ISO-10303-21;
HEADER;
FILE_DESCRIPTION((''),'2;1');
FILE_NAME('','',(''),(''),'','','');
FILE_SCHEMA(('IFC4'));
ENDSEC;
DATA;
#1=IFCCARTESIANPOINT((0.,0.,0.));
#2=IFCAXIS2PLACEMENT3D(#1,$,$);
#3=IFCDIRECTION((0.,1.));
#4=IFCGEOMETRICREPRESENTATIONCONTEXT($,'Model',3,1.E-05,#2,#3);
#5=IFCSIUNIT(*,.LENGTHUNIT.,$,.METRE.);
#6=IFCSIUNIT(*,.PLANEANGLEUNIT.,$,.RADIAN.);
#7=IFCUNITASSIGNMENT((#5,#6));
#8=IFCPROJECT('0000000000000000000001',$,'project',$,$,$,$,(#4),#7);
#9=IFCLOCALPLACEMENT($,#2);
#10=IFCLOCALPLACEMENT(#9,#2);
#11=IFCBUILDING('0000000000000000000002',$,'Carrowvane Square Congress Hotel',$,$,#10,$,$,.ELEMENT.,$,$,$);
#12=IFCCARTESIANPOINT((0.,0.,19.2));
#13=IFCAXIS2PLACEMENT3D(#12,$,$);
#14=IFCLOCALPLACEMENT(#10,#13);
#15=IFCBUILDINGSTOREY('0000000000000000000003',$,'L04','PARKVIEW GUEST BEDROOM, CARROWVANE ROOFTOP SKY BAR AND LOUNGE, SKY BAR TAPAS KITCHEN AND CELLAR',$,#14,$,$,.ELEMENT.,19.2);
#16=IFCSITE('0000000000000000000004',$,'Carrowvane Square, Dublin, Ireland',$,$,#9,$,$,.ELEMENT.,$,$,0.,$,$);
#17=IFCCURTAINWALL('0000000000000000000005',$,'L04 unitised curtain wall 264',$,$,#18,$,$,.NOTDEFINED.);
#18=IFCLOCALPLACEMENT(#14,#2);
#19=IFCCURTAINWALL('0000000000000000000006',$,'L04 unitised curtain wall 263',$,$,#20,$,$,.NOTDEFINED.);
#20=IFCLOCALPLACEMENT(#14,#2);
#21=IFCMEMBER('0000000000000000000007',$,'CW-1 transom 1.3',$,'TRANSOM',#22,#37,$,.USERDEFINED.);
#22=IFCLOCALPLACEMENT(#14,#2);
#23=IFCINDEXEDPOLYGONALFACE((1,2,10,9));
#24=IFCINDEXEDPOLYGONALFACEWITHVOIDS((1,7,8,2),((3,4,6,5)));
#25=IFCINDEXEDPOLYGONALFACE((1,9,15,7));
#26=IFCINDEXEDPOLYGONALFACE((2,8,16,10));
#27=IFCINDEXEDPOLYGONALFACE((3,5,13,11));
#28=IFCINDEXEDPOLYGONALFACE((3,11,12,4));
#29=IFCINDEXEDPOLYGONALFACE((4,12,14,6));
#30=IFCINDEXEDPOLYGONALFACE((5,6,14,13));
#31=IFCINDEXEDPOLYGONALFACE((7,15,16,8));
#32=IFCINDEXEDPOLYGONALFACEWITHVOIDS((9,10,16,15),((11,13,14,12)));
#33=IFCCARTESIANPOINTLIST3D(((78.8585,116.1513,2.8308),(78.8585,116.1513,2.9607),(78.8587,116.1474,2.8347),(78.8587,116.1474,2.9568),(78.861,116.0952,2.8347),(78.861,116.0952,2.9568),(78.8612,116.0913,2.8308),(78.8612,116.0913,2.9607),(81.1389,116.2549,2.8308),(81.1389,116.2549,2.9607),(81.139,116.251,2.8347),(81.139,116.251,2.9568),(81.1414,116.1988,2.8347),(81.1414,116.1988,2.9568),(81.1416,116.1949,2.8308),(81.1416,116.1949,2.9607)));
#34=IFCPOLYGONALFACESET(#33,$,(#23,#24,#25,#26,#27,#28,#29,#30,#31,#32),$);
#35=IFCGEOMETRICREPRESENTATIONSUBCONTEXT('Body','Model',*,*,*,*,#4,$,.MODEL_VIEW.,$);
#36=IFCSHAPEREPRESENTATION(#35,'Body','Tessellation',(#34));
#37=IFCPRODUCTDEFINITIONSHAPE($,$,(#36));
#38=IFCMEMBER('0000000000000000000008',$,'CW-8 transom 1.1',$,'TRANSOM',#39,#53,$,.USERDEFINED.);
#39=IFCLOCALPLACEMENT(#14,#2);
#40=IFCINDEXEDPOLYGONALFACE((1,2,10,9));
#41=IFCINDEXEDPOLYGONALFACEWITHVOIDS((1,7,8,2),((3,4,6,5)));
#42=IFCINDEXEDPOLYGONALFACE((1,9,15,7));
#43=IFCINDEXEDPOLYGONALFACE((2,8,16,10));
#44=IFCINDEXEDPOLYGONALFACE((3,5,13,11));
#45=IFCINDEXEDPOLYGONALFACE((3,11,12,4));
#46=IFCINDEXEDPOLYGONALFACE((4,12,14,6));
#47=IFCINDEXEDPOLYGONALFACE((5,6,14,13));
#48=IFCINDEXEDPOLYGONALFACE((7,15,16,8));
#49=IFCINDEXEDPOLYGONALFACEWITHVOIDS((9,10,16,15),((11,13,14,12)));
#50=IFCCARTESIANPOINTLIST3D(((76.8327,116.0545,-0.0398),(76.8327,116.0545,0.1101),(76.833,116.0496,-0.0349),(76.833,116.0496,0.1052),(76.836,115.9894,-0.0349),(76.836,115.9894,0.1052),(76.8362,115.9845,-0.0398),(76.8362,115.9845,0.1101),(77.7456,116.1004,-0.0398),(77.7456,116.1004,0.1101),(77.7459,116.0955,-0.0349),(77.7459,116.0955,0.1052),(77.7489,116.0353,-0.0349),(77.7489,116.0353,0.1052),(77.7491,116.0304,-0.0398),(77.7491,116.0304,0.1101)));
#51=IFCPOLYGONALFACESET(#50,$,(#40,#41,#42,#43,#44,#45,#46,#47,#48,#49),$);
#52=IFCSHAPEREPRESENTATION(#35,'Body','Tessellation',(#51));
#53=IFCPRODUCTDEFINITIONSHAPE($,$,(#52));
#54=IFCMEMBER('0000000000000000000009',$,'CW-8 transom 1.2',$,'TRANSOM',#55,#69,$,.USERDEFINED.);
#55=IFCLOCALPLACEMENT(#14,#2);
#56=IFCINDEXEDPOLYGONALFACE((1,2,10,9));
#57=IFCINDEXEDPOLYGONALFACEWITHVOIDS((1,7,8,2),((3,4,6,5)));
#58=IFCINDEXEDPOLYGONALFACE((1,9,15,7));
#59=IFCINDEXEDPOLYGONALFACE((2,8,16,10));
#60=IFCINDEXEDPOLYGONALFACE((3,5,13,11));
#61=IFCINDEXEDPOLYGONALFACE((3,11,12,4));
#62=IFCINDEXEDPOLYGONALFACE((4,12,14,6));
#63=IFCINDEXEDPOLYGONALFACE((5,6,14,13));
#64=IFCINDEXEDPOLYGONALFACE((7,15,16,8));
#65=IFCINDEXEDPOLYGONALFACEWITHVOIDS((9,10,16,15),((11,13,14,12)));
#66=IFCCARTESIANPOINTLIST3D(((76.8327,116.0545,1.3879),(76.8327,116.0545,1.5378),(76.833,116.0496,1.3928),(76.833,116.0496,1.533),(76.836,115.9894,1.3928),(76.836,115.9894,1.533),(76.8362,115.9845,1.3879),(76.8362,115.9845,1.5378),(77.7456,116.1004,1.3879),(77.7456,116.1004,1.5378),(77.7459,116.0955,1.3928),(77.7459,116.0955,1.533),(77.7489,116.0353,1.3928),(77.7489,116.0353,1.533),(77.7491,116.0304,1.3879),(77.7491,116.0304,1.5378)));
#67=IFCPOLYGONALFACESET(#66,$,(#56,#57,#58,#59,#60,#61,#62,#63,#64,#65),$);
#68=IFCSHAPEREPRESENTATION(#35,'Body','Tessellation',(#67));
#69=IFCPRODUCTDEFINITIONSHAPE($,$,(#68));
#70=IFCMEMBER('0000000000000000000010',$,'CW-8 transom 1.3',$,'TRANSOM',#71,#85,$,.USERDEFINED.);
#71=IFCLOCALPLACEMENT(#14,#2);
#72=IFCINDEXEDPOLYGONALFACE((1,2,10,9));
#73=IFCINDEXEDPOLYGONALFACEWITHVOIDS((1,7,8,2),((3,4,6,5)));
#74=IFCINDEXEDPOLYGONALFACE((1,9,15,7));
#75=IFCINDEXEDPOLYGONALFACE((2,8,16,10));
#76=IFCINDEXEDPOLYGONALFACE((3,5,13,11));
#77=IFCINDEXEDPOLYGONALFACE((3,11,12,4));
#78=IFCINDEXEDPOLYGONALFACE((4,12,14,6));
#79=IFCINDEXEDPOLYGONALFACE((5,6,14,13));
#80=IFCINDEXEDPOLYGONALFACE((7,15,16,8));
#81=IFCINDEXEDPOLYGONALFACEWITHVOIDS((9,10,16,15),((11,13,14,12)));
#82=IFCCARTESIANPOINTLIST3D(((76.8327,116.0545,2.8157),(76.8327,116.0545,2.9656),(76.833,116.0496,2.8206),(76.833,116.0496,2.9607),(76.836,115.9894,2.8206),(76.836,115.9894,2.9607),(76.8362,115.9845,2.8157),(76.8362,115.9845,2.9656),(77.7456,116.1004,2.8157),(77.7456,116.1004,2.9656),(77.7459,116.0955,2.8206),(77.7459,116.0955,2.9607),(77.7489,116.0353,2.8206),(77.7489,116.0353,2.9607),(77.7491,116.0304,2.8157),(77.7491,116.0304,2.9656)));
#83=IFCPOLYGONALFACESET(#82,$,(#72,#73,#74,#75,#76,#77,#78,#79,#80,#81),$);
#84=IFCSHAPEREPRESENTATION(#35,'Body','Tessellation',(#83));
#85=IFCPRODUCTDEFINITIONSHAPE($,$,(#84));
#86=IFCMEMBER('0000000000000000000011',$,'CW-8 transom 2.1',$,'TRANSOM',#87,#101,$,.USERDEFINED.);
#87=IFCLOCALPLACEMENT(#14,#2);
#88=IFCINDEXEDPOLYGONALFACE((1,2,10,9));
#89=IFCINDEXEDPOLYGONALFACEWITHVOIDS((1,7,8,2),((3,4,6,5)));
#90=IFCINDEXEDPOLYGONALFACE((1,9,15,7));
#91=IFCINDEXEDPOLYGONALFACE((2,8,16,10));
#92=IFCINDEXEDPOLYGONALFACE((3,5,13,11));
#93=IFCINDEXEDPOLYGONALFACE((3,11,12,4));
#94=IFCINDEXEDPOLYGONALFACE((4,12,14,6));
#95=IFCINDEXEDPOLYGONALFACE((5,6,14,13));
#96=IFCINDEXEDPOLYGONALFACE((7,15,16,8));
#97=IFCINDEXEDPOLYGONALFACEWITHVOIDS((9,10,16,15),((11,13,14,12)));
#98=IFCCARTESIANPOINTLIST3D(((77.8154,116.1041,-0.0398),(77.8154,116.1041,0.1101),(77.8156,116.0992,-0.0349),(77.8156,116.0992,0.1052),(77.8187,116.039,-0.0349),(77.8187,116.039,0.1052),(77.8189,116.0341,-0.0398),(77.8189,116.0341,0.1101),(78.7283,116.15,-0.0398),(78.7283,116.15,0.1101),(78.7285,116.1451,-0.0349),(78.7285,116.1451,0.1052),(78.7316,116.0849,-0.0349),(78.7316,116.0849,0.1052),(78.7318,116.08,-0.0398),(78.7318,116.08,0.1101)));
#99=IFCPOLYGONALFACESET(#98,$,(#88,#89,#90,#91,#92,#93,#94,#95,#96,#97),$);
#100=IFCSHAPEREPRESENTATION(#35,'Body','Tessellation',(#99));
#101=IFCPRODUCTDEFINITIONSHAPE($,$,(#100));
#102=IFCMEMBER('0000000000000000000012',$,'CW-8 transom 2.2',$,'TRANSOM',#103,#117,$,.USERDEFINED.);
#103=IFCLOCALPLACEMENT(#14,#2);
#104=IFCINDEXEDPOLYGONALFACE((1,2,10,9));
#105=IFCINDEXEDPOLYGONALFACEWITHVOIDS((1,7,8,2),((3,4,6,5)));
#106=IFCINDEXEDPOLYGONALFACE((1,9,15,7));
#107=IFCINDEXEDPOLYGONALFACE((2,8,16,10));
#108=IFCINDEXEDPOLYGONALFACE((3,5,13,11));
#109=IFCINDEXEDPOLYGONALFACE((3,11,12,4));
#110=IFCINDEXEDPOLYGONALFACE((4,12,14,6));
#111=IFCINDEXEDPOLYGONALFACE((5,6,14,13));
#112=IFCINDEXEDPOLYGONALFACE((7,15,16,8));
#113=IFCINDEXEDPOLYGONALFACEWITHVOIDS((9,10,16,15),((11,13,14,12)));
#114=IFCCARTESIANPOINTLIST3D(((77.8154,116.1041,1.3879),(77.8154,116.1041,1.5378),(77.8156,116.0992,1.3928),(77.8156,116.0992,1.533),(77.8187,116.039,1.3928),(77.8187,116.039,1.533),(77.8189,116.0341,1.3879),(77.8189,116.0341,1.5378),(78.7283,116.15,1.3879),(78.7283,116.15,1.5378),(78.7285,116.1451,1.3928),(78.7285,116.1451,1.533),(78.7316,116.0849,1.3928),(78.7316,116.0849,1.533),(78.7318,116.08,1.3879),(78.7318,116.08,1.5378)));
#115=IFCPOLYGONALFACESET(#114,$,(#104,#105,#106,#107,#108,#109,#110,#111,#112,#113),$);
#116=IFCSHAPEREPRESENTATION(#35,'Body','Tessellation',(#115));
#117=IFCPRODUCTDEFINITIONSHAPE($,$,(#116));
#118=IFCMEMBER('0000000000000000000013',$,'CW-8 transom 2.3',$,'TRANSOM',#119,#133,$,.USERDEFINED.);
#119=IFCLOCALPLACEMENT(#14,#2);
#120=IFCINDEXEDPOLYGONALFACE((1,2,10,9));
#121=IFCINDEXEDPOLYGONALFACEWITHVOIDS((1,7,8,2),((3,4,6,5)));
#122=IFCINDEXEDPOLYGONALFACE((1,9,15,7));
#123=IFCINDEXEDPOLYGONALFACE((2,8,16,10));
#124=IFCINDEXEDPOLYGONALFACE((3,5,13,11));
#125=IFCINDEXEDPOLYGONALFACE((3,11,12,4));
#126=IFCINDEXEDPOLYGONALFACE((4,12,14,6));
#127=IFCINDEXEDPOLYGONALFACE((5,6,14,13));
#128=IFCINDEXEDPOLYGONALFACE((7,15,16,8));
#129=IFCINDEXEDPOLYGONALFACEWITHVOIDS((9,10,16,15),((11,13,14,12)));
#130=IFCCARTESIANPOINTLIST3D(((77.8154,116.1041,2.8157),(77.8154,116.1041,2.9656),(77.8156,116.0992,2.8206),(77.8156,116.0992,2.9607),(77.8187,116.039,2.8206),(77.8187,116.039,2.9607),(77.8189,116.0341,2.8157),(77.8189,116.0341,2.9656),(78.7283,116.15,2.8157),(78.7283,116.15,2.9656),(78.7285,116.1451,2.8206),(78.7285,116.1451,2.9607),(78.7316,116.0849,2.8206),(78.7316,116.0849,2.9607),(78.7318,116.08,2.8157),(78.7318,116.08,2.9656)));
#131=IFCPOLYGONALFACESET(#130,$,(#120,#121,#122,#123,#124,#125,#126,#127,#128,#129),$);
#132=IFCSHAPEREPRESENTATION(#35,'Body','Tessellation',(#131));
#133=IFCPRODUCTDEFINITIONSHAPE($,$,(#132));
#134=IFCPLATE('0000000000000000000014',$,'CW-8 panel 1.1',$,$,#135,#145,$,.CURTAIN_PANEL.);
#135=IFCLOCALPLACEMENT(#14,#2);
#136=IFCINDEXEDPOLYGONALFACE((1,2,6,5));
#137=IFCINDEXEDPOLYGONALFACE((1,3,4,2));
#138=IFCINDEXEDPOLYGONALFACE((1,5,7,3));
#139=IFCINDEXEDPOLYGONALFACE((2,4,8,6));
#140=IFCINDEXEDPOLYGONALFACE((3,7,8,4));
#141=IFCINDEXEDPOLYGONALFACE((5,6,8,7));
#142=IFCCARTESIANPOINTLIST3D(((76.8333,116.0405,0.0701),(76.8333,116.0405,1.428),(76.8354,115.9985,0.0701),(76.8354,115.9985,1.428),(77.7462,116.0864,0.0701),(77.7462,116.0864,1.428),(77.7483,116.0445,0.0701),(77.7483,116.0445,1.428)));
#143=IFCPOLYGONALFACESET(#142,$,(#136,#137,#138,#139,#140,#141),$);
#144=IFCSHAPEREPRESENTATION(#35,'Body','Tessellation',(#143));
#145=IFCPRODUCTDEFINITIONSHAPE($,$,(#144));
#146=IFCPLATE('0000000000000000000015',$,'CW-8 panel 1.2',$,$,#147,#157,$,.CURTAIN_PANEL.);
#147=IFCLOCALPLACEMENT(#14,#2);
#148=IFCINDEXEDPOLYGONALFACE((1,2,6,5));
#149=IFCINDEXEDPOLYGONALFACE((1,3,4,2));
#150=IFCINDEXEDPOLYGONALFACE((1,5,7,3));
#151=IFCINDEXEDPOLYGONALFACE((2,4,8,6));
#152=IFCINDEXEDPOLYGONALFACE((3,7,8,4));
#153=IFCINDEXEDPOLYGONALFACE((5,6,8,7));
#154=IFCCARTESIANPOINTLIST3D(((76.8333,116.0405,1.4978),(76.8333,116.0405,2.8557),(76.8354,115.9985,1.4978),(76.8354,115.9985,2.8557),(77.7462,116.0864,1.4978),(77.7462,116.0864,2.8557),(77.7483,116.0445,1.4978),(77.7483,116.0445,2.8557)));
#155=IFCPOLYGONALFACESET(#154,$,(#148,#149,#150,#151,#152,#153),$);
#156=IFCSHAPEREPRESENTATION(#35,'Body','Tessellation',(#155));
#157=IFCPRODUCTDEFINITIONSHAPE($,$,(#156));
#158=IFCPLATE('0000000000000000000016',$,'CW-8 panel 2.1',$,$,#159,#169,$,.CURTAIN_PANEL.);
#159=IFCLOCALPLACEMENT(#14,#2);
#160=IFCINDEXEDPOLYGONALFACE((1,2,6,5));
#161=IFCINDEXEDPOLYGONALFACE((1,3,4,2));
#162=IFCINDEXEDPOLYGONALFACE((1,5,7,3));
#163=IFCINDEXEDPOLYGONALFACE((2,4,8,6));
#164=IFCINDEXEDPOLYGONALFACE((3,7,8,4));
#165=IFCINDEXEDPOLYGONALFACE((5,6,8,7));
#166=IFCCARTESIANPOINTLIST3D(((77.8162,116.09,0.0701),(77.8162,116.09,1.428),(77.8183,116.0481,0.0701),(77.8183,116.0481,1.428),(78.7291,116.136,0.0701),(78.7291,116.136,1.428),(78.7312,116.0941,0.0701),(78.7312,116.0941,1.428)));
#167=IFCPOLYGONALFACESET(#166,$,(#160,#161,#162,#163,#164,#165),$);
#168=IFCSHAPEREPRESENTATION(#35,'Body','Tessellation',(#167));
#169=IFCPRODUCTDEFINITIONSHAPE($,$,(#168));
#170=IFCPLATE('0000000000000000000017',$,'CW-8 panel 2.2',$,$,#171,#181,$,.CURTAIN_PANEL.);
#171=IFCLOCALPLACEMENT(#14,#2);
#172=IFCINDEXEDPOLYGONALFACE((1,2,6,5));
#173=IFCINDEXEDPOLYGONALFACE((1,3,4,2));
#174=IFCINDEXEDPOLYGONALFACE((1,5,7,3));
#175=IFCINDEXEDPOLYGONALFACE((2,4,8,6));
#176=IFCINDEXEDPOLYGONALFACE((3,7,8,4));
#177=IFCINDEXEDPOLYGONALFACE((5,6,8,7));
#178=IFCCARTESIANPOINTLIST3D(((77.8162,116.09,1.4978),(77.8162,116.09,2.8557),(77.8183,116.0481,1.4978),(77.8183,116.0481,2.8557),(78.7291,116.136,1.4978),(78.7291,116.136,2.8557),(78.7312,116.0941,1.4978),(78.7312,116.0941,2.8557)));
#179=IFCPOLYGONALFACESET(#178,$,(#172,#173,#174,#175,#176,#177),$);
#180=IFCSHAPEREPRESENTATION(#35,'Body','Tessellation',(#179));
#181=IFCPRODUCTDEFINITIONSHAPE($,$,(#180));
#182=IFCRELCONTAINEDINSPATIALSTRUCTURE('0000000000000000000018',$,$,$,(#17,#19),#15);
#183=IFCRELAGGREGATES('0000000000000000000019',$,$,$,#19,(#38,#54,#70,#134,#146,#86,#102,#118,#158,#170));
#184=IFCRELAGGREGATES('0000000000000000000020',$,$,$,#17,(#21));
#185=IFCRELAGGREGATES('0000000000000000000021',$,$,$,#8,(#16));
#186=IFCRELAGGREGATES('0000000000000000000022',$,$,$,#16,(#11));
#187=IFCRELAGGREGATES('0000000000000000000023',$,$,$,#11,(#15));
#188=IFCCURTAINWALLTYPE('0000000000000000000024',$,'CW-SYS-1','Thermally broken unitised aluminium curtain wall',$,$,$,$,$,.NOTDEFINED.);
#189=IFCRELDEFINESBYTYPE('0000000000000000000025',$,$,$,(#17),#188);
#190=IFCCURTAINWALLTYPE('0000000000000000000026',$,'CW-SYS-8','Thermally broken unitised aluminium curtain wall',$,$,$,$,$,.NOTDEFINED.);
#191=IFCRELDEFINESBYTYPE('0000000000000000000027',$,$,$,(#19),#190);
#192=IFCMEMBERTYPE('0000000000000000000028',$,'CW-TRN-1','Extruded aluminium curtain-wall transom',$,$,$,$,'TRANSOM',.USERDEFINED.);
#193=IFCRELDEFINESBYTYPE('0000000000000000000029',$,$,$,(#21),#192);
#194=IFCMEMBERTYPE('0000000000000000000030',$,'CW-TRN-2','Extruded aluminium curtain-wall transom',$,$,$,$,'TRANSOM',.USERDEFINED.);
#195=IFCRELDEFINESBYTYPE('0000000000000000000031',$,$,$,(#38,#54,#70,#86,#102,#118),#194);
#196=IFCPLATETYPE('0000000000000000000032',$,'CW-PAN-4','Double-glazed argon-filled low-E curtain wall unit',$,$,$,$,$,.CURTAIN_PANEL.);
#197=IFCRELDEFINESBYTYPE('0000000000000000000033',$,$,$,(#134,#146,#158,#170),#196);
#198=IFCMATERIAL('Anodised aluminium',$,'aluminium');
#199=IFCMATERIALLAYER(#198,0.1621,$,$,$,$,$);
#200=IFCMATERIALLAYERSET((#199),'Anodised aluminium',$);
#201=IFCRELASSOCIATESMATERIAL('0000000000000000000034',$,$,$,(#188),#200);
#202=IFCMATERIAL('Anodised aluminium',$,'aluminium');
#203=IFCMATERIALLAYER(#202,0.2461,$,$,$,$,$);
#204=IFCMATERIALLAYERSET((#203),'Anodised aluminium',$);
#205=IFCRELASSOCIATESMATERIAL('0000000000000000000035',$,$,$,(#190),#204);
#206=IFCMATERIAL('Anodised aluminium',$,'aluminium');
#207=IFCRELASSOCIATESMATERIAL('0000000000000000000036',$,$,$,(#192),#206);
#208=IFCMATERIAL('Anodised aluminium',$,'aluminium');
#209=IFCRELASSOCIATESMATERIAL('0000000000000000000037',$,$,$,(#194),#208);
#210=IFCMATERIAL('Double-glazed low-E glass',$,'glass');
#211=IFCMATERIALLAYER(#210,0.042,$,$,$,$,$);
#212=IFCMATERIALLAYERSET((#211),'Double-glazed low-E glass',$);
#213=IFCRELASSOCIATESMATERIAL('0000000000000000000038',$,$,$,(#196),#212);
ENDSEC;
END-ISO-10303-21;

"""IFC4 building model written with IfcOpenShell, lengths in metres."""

from ifc_helpers import new_model, si_unit, direction, frame, origin, origin_2d, place, context, subcontext, project, spatial, rectangle, hollow_rectangle, extrude, material, layer, layer_set, material_profile, profile_set, type_object, element, aggregate, save


model = new_model("IFC4")

# Units and contexts
model_context = context("Model", 3, precision=1e-05, world=origin(), true_north=direction((0.0, 1.0)))
body_context = subcontext(model_context, "Body", "Model", "MODEL_VIEW")
ifc_project = project(units=[si_unit("LENGTHUNIT", "METRE"), si_unit("PLANEANGLEUNIT", "RADIAN")], contexts=[model_context])

# Site, building, storey
site_placement = place(None, origin())
site = spatial("IfcSite", under=ifc_project, at=site_placement, Name="Carrowvane Square, Dublin, Ireland", CompositionType="ELEMENT", RefElevation=0.0)
building_placement = place(site_placement, origin())
building = spatial("IfcBuilding", under=site, at=building_placement, Name="Carrowvane Square Congress Hotel", CompositionType="ELEMENT")
storey_placement = place(building_placement, frame((0.0, 0.0, 19.2)))
storey = spatial("IfcBuildingStorey", under=building, at=storey_placement, Name="L04", Description="PARKVIEW GUEST BEDROOM, CARROWVANE ROOFTOP SKY BAR AND LOUNGE, SKY BAR TAPAS KITCHEN AND CELLAR", CompositionType="ELEMENT", Elevation=19.2)

# Curtain wall
ifc_material_1 = material(Name="Anodised aluminium", Category="aluminium")
ifc_layer_1 = layer(ifc_material_1, 0.1621)
ifc_layer_set_1 = layer_set([ifc_layer_1], Name="Anodised aluminium")
curtain_wall_type_1 = type_object("IfcCurtainWallType", Name="CW-SYS-1", Description="Thermally broken unitised aluminium curtain wall", PredefinedType="NOTDEFINED", material=ifc_layer_set_1)
curtain_wall_1_placement = place(storey_placement, origin())
curtain_wall_1 = element("IfcCurtainWall", 1, at=curtain_wall_1_placement, inside=storey, type_object=curtain_wall_type_1, Name="L04 unitised curtain wall 264", PredefinedType="NOTDEFINED")

# Curtain wall
ifc_material_2 = material(Name="Anodised aluminium", Category="aluminium")
ifc_layer_2 = layer(ifc_material_2, 0.2461)
ifc_layer_set_2 = layer_set([ifc_layer_2], Name="Anodised aluminium")
curtain_wall_type_2 = type_object("IfcCurtainWallType", Name="CW-SYS-8", Description="Thermally broken unitised aluminium curtain wall", PredefinedType="NOTDEFINED", material=ifc_layer_set_2)
curtain_wall_2_placement = place(storey_placement, origin())
curtain_wall_2 = element("IfcCurtainWall", 2, at=curtain_wall_2_placement, inside=storey, type_object=curtain_wall_type_2, Name="L04 unitised curtain wall 263", PredefinedType="NOTDEFINED")

# Members
ifc_material_3 = material(Name="Anodised aluminium", Category="aluminium")
ifc_material_profile_1 = material_profile(ifc_material_3, hollow_rectangle(XDim=0.0601, YDim=0.1299, WallThickness=0.0039, at=origin_2d()), Name="CW-TR 60x130x4")
ifc_profile_set_1 = profile_set([ifc_material_profile_1], Name="Anodised aluminium")
member_type_1 = type_object("IfcMemberType", Name="CW-TRN-1", Description="Extruded aluminium curtain-wall transom", ElementType="TRANSOM", PredefinedType="USERDEFINED", material=ifc_profile_set_1)
member_1_placement = place(storey_placement, frame((78.8599, 116.1213, 2.8958), z_axis=(0.998971, 0.045349, 0.0), x_axis=(-0.045349, 0.998971, 0.0)))
member_1 = element("IfcMember", 3, at=member_1_placement, type_object=member_type_1, Name="CW-1 transom 1.3", ObjectType="TRANSOM", PredefinedType="USERDEFINED", context=body_context, shape_type="SweptSolid", body=[
    extrude(hollow_rectangle(XDim=0.0601, YDim=0.1299, WallThickness=0.0039, at=origin_2d()), origin(), (0.0, 0.0, 1.0), 2.2827),
])
ifc_material_4 = material(Name="Anodised aluminium", Category="aluminium")
ifc_material_profile_2 = material_profile(ifc_material_4, hollow_rectangle(XDim=0.0701, YDim=0.1499, WallThickness=0.0049, at=origin_2d()), Name="CW-TR 70x150x5")
ifc_profile_set_2 = profile_set([ifc_material_profile_2], Name="Anodised aluminium")
member_type_2 = type_object("IfcMemberType", Name="CW-TRN-2", Description="Extruded aluminium curtain-wall transom", ElementType="TRANSOM", PredefinedType="USERDEFINED", material=ifc_profile_set_2)
member_2_placement = place(storey_placement, frame((76.8345, 116.0195, 0.0352), z_axis=(0.998738, 0.050217, 0.0), x_axis=(-0.050217, 0.998738, 0.0)))
member_2 = element("IfcMember", 4, at=member_2_placement, type_object=member_type_2, Name="CW-8 transom 1.1", ObjectType="TRANSOM", PredefinedType="USERDEFINED", context=body_context, shape_type="SweptSolid", body=[
    extrude(hollow_rectangle(XDim=0.0701, YDim=0.1499, WallThickness=0.0049, at=origin_2d()), origin(), (0.0, 0.0, 1.0), 0.9141),
])
member_3_placement = place(storey_placement, frame((76.8345, 116.0195, 1.4629), z_axis=(0.998738, 0.050217, 0.0), x_axis=(-0.050217, 0.998738, 0.0)))
member_3 = element("IfcMember", 5, at=member_3_placement, type_object=member_type_2, Name="CW-8 transom 1.2", ObjectType="TRANSOM", PredefinedType="USERDEFINED", context=body_context, shape_type="SweptSolid", body=[
    extrude(hollow_rectangle(XDim=0.0701, YDim=0.1499, WallThickness=0.0049, at=origin_2d()), origin(), (0.0, 0.0, 1.0), 0.9141),
])
member_4_placement = place(storey_placement, frame((76.8345, 116.0195, 2.8906), z_axis=(0.998738, 0.050217, 0.0), x_axis=(-0.050217, 0.998738, 0.0)))
member_4 = element("IfcMember", 6, at=member_4_placement, type_object=member_type_2, Name="CW-8 transom 1.3", ObjectType="TRANSOM", PredefinedType="USERDEFINED", context=body_context, shape_type="SweptSolid", body=[
    extrude(hollow_rectangle(XDim=0.0701, YDim=0.1499, WallThickness=0.0049, at=origin_2d()), origin(), (0.0, 0.0, 1.0), 0.9141),
])
member_5_placement = place(storey_placement, frame((77.8171, 116.0691, 0.0352), z_axis=(0.998738, 0.050217, 0.0), x_axis=(-0.050217, 0.998738, 0.0)))
member_5 = element("IfcMember", 7, at=member_5_placement, type_object=member_type_2, Name="CW-8 transom 2.1", ObjectType="TRANSOM", PredefinedType="USERDEFINED", context=body_context, shape_type="SweptSolid", body=[
    extrude(hollow_rectangle(XDim=0.0701, YDim=0.1499, WallThickness=0.0049, at=origin_2d()), origin(), (0.0, 0.0, 1.0), 0.9141),
])
member_6_placement = place(storey_placement, frame((77.8171, 116.0691, 1.4629), z_axis=(0.998738, 0.050217, 0.0), x_axis=(-0.050217, 0.998738, 0.0)))
member_6 = element("IfcMember", 8, at=member_6_placement, type_object=member_type_2, Name="CW-8 transom 2.2", ObjectType="TRANSOM", PredefinedType="USERDEFINED", context=body_context, shape_type="SweptSolid", body=[
    extrude(hollow_rectangle(XDim=0.0701, YDim=0.1499, WallThickness=0.0049, at=origin_2d()), origin(), (0.0, 0.0, 1.0), 0.9141),
])
member_7_placement = place(storey_placement, frame((77.8171, 116.0691, 2.8906), z_axis=(0.998738, 0.050217, 0.0), x_axis=(-0.050217, 0.998738, 0.0)))
member_7 = element("IfcMember", 9, at=member_7_placement, type_object=member_type_2, Name="CW-8 transom 2.3", ObjectType="TRANSOM", PredefinedType="USERDEFINED", context=body_context, shape_type="SweptSolid", body=[
    extrude(hollow_rectangle(XDim=0.0701, YDim=0.1499, WallThickness=0.0049, at=origin_2d()), origin(), (0.0, 0.0, 1.0), 0.9141),
])

# Plates
ifc_material_5 = material(Name="Double-glazed low-E glass", Category="glass")
ifc_layer_3 = layer(ifc_material_5, 0.042)
ifc_layer_set_3 = layer_set([ifc_layer_3], Name="Double-glazed low-E glass")
plate_type_1 = type_object("IfcPlateType", Name="CW-PAN-4", Description="Double-glazed argon-filled low-E curtain wall unit", PredefinedType="CURTAIN_PANEL", material=ifc_layer_set_3)
plate_1_placement = place(storey_placement, frame((77.2908, 116.0425, 0.0701), z_axis=(0.0, 0.0, 1.0), x_axis=(0.998733, 0.050324, 0.0)))
plate_1 = element("IfcPlate", 10, at=plate_1_placement, type_object=plate_type_1, Name="CW-8 panel 1.1", PredefinedType="CURTAIN_PANEL", context=body_context, shape_type="SweptSolid", body=[
    extrude(rectangle(XDim=0.9141, YDim=0.042, at=origin_2d()), origin(), (0.0, 0.0, 1.0), 1.3579),
])
plate_2_placement = place(storey_placement, frame((77.2908, 116.0425, 1.4978), z_axis=(0.0, 0.0, 1.0), x_axis=(0.998733, 0.050324, 0.0)))
plate_2 = element("IfcPlate", 11, at=plate_2_placement, type_object=plate_type_1, Name="CW-8 panel 1.2", PredefinedType="CURTAIN_PANEL", context=body_context, shape_type="SweptSolid", body=[
    extrude(rectangle(XDim=0.9141, YDim=0.042, at=origin_2d()), origin(), (0.0, 0.0, 1.0), 1.3579),
])
plate_3_placement = place(storey_placement, frame((78.2737, 116.092, 0.0701), z_axis=(0.0, 0.0, 1.0), x_axis=(0.998733, 0.050324, 0.0)))
plate_3 = element("IfcPlate", 12, at=plate_3_placement, type_object=plate_type_1, Name="CW-8 panel 2.1", PredefinedType="CURTAIN_PANEL", context=body_context, shape_type="SweptSolid", body=[
    extrude(rectangle(XDim=0.9141, YDim=0.042, at=origin_2d()), origin(), (0.0, 0.0, 1.0), 1.3579),
])
plate_4_placement = place(storey_placement, frame((78.2737, 116.092, 1.4978), z_axis=(0.0, 0.0, 1.0), x_axis=(0.998733, 0.050324, 0.0)))
plate_4 = element("IfcPlate", 13, at=plate_4_placement, type_object=plate_type_1, Name="CW-8 panel 2.2", PredefinedType="CURTAIN_PANEL", context=body_context, shape_type="SweptSolid", body=[
    extrude(rectangle(XDim=0.9141, YDim=0.042, at=origin_2d()), origin(), (0.0, 0.0, 1.0), 1.3579),
])
aggregate(curtain_wall_2, [member_2, member_3, member_4, plate_1, plate_2, member_5, member_6, member_7, plate_3, plate_4])
aggregate(curtain_wall_1, [member_1])

save(model, "model.ifc")
